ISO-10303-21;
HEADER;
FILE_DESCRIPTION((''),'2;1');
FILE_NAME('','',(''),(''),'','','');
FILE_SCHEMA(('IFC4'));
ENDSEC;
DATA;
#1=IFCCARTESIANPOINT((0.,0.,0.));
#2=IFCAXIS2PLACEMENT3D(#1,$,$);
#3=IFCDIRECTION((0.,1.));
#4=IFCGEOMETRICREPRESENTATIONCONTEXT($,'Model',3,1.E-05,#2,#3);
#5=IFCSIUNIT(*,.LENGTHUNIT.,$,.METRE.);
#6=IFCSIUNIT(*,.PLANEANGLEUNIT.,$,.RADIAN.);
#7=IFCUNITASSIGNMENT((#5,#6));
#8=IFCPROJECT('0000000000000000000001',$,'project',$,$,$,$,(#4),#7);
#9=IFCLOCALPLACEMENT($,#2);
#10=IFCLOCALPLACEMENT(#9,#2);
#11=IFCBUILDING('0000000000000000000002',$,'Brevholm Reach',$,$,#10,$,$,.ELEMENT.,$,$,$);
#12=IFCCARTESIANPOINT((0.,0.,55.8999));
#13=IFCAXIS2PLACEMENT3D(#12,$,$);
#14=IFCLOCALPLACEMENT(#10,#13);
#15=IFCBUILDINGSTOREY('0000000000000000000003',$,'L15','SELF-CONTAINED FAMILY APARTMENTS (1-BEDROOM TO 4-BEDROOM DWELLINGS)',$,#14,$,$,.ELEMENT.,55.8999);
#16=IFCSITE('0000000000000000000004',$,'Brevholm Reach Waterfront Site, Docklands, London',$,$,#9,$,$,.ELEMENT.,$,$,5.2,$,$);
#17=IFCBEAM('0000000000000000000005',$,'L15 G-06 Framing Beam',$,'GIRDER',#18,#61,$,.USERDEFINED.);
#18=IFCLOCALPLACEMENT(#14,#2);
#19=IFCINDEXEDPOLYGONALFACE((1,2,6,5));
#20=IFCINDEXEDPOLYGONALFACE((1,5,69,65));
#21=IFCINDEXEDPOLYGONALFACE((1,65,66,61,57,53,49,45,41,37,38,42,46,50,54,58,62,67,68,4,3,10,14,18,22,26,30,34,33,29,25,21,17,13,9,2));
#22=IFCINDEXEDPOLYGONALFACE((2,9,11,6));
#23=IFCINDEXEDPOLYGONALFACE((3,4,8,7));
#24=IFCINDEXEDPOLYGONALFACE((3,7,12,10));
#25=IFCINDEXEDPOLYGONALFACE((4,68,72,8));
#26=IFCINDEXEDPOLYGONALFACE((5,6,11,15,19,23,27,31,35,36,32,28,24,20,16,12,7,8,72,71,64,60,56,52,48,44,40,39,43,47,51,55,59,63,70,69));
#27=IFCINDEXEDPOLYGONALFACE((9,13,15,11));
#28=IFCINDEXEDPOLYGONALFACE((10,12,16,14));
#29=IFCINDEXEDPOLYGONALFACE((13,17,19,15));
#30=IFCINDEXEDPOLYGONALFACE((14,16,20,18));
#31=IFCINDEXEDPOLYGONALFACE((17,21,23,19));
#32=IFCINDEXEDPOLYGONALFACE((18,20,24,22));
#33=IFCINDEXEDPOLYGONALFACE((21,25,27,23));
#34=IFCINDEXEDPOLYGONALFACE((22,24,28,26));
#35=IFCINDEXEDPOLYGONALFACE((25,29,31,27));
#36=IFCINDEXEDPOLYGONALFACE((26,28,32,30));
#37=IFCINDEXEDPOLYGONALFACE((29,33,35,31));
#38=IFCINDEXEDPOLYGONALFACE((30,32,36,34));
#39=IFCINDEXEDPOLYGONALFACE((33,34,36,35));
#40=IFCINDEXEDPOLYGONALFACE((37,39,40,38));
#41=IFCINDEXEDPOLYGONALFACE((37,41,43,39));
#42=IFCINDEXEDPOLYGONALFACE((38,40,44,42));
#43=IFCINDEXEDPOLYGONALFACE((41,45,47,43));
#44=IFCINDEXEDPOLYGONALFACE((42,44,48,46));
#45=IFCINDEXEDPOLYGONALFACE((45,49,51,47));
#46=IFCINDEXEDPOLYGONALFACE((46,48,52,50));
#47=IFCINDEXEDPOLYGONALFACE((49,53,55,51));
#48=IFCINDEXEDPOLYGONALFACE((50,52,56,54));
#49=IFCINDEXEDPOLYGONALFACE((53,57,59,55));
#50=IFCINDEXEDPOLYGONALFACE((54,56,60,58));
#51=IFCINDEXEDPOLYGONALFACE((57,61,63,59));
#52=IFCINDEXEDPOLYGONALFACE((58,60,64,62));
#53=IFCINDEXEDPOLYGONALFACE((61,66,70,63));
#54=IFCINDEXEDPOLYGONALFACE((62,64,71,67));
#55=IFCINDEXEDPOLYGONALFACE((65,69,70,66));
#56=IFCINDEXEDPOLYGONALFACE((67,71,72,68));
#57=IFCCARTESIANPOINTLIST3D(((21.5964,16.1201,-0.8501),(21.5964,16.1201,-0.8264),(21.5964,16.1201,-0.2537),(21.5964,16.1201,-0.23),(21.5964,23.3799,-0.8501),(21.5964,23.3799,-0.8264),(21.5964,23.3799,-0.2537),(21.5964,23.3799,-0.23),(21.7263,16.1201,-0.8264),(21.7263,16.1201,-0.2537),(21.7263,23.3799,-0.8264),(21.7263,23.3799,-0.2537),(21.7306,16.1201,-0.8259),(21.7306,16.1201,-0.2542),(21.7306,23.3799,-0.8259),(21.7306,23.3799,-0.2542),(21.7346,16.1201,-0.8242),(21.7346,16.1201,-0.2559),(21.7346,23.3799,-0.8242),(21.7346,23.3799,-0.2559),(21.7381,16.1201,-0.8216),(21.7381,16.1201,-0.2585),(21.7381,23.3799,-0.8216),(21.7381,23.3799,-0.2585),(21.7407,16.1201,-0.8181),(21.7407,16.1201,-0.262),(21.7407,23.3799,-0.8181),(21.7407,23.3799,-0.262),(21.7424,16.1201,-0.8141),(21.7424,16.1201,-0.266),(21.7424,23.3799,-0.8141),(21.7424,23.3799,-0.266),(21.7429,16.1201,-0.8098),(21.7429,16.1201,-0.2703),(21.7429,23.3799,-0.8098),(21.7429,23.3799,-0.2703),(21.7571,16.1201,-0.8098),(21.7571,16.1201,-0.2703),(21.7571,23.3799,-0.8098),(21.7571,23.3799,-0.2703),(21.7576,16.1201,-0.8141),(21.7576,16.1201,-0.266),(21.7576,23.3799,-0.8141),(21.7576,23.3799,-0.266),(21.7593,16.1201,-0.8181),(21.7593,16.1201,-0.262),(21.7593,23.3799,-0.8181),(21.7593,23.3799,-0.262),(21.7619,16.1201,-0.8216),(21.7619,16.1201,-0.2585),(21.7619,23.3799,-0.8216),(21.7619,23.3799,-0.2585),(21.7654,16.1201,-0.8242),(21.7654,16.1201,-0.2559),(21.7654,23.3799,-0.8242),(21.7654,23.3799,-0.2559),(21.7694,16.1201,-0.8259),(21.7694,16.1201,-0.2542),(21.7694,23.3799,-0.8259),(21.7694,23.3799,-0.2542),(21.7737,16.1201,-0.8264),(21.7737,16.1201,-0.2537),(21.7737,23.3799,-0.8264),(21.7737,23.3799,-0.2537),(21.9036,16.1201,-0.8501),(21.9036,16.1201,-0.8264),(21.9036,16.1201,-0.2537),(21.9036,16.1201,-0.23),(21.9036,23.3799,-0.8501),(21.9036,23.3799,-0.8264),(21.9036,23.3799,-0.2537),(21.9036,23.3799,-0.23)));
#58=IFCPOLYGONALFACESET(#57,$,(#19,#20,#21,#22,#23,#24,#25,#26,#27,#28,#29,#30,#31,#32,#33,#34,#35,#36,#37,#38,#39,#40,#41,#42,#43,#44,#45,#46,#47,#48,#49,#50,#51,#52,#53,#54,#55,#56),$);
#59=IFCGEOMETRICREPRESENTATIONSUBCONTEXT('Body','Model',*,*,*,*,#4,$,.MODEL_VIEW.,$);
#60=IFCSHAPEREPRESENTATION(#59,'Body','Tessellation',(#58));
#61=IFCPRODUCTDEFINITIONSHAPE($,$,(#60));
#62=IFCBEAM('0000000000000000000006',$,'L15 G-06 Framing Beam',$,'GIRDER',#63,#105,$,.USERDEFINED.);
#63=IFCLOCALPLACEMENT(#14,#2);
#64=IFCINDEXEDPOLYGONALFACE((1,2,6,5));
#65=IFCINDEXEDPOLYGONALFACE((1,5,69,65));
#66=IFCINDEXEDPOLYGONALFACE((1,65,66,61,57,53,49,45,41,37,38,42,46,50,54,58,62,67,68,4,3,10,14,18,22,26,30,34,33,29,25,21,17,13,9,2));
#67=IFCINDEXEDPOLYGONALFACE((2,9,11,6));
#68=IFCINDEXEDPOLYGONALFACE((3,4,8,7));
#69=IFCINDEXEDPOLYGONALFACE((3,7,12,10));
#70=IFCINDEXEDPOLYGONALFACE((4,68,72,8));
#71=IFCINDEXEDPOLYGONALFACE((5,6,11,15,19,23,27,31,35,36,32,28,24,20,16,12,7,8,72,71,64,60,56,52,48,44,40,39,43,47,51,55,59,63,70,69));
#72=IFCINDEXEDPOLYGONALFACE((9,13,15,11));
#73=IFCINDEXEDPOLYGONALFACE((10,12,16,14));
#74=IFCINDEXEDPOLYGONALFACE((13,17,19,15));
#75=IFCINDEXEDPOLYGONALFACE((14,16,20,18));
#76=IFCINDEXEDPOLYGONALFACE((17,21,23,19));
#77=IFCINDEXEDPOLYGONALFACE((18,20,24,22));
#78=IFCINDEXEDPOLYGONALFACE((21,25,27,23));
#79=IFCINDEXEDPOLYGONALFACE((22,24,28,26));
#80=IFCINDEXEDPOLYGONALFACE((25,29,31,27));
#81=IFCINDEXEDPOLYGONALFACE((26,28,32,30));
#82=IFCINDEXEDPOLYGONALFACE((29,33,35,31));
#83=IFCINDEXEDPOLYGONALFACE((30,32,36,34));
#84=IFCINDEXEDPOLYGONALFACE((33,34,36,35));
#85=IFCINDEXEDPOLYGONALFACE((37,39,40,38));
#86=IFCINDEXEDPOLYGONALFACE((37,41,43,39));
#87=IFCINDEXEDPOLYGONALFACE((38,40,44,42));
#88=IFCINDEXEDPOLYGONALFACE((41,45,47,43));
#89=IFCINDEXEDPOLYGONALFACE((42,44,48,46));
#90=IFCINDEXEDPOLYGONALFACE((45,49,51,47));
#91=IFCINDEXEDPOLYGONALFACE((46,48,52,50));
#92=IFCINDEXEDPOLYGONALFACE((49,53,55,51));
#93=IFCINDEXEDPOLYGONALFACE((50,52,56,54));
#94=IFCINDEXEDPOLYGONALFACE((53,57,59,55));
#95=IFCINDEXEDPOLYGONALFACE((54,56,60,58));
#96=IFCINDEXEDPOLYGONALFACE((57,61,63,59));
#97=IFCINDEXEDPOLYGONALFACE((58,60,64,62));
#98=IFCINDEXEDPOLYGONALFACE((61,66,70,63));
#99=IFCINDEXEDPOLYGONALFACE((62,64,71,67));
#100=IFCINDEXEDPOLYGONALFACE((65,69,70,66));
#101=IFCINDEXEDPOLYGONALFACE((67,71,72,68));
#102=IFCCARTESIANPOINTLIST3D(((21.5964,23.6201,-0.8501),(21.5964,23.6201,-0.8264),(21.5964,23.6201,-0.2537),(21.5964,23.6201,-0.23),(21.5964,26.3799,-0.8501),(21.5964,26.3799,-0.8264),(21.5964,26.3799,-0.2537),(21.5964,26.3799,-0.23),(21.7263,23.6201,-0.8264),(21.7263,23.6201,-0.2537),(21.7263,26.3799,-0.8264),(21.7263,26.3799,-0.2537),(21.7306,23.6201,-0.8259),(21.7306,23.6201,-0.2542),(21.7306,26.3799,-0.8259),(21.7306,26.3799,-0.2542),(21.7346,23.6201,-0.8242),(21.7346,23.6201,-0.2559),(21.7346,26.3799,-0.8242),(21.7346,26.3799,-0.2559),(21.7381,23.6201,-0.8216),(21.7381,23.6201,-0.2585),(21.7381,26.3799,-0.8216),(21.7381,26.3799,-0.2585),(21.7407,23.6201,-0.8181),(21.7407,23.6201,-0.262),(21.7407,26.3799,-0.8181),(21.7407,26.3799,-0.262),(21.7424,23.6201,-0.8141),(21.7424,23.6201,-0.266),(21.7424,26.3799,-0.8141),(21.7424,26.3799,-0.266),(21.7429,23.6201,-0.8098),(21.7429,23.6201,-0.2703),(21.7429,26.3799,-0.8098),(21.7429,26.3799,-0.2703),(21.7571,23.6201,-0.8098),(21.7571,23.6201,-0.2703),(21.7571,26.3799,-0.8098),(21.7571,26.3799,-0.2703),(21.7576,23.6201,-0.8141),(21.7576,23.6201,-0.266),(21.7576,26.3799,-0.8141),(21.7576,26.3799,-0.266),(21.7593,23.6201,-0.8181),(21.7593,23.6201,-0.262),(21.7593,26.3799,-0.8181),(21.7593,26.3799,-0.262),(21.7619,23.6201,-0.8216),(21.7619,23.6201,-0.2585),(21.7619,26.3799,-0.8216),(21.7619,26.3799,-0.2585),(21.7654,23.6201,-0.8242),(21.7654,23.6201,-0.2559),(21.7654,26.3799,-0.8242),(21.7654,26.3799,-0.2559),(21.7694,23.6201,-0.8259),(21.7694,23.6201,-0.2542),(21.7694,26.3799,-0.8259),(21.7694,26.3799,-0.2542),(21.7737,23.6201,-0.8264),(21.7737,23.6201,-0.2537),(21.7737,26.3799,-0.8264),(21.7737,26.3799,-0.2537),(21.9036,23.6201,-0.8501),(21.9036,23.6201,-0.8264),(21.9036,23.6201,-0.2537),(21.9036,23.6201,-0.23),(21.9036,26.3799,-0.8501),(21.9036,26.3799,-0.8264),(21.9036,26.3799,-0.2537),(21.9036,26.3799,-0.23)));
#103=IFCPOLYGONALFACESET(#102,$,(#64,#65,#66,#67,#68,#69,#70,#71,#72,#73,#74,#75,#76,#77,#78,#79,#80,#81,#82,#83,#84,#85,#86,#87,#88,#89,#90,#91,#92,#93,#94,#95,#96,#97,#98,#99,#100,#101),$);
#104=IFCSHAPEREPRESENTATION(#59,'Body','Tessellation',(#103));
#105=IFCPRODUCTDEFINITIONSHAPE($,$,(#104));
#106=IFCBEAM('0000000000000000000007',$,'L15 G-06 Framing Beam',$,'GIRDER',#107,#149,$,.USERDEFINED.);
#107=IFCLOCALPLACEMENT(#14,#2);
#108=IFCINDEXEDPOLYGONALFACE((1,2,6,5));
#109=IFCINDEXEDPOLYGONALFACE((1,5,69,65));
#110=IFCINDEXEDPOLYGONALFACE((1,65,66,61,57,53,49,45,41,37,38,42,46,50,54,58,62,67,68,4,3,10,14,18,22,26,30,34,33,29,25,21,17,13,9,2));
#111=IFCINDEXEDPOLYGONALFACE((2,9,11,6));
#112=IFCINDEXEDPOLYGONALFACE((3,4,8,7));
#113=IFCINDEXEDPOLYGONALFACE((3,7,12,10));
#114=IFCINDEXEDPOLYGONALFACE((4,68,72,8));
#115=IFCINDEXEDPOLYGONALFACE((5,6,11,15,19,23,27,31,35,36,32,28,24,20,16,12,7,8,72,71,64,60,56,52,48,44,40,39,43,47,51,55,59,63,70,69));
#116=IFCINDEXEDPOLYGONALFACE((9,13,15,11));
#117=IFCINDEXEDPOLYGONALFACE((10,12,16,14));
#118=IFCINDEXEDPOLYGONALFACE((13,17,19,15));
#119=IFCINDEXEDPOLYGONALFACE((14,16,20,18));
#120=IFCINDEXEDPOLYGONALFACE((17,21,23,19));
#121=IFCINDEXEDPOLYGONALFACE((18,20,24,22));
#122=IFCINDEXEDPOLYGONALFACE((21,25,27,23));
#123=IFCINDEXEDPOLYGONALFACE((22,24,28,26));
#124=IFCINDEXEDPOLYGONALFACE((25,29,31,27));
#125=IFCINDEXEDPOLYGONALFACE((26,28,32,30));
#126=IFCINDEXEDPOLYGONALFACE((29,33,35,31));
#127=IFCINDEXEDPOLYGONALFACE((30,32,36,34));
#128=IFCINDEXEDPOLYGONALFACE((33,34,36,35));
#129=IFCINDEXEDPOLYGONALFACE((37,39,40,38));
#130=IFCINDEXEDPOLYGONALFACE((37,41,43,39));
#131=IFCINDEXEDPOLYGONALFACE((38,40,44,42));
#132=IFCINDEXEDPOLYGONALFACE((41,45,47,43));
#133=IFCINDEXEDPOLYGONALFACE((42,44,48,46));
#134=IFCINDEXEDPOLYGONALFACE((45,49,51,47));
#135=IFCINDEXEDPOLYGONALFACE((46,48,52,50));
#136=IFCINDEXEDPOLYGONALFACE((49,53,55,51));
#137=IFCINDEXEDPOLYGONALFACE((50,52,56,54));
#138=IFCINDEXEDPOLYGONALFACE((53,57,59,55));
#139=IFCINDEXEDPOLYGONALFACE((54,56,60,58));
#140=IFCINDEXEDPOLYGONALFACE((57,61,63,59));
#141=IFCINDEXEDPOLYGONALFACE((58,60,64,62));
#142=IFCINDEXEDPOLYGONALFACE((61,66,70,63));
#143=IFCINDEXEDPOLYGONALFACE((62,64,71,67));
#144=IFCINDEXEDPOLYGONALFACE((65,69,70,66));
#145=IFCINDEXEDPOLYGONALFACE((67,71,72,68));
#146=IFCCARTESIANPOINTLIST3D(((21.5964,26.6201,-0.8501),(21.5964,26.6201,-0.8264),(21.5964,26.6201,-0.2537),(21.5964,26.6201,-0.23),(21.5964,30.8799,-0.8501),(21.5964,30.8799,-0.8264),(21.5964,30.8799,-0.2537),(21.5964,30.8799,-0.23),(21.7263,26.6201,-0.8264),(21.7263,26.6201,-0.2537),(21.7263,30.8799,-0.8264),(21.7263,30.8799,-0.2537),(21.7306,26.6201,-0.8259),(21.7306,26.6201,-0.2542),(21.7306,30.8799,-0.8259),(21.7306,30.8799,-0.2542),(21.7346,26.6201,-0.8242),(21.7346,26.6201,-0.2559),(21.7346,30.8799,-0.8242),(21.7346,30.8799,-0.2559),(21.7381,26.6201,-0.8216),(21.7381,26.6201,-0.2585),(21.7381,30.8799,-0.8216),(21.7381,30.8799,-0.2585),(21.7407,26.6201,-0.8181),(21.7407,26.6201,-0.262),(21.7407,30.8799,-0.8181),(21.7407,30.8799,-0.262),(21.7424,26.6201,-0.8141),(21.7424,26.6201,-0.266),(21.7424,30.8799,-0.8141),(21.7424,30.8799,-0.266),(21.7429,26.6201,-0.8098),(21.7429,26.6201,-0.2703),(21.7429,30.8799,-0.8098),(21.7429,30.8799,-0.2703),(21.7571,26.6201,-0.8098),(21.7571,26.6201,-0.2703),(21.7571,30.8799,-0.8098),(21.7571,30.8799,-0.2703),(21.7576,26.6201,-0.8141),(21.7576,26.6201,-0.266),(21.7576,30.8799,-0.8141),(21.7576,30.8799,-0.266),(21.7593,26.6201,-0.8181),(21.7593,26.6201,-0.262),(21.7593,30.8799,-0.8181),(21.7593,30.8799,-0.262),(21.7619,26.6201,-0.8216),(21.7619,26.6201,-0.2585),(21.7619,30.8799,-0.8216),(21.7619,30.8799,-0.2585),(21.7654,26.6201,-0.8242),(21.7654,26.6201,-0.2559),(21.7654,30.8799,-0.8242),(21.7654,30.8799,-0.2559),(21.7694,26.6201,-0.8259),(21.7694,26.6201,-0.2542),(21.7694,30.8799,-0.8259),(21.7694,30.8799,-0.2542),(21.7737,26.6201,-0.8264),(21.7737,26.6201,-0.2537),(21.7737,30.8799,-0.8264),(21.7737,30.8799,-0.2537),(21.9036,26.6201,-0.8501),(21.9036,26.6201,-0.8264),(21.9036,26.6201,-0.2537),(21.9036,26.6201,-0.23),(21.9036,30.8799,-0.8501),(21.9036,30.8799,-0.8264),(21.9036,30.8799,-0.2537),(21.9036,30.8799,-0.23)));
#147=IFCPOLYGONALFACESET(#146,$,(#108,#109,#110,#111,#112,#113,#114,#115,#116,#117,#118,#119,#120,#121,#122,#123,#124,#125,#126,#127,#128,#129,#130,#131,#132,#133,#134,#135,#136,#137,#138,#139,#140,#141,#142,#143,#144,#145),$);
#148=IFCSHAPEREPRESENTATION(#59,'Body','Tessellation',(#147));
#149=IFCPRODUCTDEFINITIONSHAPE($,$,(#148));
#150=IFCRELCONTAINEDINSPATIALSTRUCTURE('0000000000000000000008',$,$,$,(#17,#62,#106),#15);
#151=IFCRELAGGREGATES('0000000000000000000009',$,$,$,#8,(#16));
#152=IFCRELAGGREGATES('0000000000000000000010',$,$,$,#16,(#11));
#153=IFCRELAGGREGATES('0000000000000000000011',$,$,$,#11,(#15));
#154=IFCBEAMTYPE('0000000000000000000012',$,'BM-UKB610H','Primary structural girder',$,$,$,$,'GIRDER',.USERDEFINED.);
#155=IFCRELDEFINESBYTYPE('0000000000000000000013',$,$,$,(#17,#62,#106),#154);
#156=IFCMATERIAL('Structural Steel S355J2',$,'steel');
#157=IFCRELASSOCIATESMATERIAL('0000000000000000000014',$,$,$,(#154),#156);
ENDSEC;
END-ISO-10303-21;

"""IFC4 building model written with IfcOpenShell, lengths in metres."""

from ifc_helpers import new_model, si_unit, direction, frame, origin, origin_2d, place, context, subcontext, project, spatial, i_section, extrude, material, material_profile, profile_set, type_object, element, save


model = new_model("IFC4")

# Units and contexts
model_context = context("Model", 3, precision=1e-05, world=origin(), true_north=direction((0.0, 1.0)))
body_context = subcontext(model_context, "Body", "Model", "MODEL_VIEW")
ifc_project = project(units=[si_unit("LENGTHUNIT", "METRE"), si_unit("PLANEANGLEUNIT", "RADIAN")], contexts=[model_context])

# Site, building, storey
site_placement = place(None, origin())
site = spatial("IfcSite", under=ifc_project, at=site_placement, Name="Brevholm Reach Waterfront Site, Docklands, London", CompositionType="ELEMENT", RefElevation=5.2)
building_placement = place(site_placement, origin())
building = spatial("IfcBuilding", under=site, at=building_placement, Name="Brevholm Reach", CompositionType="ELEMENT")
storey_placement = place(building_placement, frame((0.0, 0.0, 55.8999)))
storey = spatial("IfcBuildingStorey", under=building, at=storey_placement, Name="L15", Description="SELF-CONTAINED FAMILY APARTMENTS (1-BEDROOM TO 4-BEDROOM DWELLINGS)", CompositionType="ELEMENT", Elevation=55.8999)

# Beams
ifc_material_1 = material(Name="Structural Steel S355J2", Category="steel")
ifc_material_profile_1 = material_profile(ifc_material_1, i_section(OverallWidth=0.3071, OverallDepth=0.6201, WebThickness=0.0142, FlangeThickness=0.0237, FilletRadius=0.0166, at=origin_2d()), Name="UKB 610x305x179")
ifc_profile_set_1 = profile_set([ifc_material_profile_1], Name="Structural Steel S355J2")
beam_type_1 = type_object("IfcBeamType", Name="BM-UKB610H", Description="Primary structural girder", ElementType="GIRDER", PredefinedType="USERDEFINED", material=ifc_profile_set_1)
beam_1_placement = place(storey_placement, frame((21.75, 16.1201, -0.54), z_axis=(0.0, 1.0, 0.0), x_axis=(-1.0, 0.0, 0.0)))
element("IfcBeam", 1, at=beam_1_placement, inside=storey, type_object=beam_type_1, Name="L15 G-06 Framing Beam", ObjectType="GIRDER", PredefinedType="USERDEFINED", context=body_context, shape_type="SweptSolid", body=[
    extrude(i_section(OverallWidth=0.3071, OverallDepth=0.6201, WebThickness=0.0142, FlangeThickness=0.0237, FilletRadius=0.0166, at=origin_2d()), origin(), (0.0, 0.0, 1.0), 7.2598),
])
beam_2_placement = place(storey_placement, frame((21.75, 23.6201, -0.54), z_axis=(0.0, 1.0, 0.0), x_axis=(-1.0, 0.0, 0.0)))
element("IfcBeam", 2, at=beam_2_placement, inside=storey, type_object=beam_type_1, Name="L15 G-06 Framing Beam", ObjectType="GIRDER", PredefinedType="USERDEFINED", context=body_context, shape_type="SweptSolid", body=[
    extrude(i_section(OverallWidth=0.3071, OverallDepth=0.6201, WebThickness=0.0142, FlangeThickness=0.0237, FilletRadius=0.0166, at=origin_2d()), origin(), (0.0, 0.0, 1.0), 2.7598),
])
beam_3_placement = place(storey_placement, frame((21.75, 26.6201, -0.54), z_axis=(0.0, 1.0, 0.0), x_axis=(-1.0, 0.0, 0.0)))
element("IfcBeam", 3, at=beam_3_placement, inside=storey, type_object=beam_type_1, Name="L15 G-06 Framing Beam", ObjectType="GIRDER", PredefinedType="USERDEFINED", context=body_context, shape_type="SweptSolid", body=[
    extrude(i_section(OverallWidth=0.3071, OverallDepth=0.6201, WebThickness=0.0142, FlangeThickness=0.0237, FilletRadius=0.0166, at=origin_2d()), origin(), (0.0, 0.0, 1.0), 4.2598),
])

save(model, "model.ifc")
